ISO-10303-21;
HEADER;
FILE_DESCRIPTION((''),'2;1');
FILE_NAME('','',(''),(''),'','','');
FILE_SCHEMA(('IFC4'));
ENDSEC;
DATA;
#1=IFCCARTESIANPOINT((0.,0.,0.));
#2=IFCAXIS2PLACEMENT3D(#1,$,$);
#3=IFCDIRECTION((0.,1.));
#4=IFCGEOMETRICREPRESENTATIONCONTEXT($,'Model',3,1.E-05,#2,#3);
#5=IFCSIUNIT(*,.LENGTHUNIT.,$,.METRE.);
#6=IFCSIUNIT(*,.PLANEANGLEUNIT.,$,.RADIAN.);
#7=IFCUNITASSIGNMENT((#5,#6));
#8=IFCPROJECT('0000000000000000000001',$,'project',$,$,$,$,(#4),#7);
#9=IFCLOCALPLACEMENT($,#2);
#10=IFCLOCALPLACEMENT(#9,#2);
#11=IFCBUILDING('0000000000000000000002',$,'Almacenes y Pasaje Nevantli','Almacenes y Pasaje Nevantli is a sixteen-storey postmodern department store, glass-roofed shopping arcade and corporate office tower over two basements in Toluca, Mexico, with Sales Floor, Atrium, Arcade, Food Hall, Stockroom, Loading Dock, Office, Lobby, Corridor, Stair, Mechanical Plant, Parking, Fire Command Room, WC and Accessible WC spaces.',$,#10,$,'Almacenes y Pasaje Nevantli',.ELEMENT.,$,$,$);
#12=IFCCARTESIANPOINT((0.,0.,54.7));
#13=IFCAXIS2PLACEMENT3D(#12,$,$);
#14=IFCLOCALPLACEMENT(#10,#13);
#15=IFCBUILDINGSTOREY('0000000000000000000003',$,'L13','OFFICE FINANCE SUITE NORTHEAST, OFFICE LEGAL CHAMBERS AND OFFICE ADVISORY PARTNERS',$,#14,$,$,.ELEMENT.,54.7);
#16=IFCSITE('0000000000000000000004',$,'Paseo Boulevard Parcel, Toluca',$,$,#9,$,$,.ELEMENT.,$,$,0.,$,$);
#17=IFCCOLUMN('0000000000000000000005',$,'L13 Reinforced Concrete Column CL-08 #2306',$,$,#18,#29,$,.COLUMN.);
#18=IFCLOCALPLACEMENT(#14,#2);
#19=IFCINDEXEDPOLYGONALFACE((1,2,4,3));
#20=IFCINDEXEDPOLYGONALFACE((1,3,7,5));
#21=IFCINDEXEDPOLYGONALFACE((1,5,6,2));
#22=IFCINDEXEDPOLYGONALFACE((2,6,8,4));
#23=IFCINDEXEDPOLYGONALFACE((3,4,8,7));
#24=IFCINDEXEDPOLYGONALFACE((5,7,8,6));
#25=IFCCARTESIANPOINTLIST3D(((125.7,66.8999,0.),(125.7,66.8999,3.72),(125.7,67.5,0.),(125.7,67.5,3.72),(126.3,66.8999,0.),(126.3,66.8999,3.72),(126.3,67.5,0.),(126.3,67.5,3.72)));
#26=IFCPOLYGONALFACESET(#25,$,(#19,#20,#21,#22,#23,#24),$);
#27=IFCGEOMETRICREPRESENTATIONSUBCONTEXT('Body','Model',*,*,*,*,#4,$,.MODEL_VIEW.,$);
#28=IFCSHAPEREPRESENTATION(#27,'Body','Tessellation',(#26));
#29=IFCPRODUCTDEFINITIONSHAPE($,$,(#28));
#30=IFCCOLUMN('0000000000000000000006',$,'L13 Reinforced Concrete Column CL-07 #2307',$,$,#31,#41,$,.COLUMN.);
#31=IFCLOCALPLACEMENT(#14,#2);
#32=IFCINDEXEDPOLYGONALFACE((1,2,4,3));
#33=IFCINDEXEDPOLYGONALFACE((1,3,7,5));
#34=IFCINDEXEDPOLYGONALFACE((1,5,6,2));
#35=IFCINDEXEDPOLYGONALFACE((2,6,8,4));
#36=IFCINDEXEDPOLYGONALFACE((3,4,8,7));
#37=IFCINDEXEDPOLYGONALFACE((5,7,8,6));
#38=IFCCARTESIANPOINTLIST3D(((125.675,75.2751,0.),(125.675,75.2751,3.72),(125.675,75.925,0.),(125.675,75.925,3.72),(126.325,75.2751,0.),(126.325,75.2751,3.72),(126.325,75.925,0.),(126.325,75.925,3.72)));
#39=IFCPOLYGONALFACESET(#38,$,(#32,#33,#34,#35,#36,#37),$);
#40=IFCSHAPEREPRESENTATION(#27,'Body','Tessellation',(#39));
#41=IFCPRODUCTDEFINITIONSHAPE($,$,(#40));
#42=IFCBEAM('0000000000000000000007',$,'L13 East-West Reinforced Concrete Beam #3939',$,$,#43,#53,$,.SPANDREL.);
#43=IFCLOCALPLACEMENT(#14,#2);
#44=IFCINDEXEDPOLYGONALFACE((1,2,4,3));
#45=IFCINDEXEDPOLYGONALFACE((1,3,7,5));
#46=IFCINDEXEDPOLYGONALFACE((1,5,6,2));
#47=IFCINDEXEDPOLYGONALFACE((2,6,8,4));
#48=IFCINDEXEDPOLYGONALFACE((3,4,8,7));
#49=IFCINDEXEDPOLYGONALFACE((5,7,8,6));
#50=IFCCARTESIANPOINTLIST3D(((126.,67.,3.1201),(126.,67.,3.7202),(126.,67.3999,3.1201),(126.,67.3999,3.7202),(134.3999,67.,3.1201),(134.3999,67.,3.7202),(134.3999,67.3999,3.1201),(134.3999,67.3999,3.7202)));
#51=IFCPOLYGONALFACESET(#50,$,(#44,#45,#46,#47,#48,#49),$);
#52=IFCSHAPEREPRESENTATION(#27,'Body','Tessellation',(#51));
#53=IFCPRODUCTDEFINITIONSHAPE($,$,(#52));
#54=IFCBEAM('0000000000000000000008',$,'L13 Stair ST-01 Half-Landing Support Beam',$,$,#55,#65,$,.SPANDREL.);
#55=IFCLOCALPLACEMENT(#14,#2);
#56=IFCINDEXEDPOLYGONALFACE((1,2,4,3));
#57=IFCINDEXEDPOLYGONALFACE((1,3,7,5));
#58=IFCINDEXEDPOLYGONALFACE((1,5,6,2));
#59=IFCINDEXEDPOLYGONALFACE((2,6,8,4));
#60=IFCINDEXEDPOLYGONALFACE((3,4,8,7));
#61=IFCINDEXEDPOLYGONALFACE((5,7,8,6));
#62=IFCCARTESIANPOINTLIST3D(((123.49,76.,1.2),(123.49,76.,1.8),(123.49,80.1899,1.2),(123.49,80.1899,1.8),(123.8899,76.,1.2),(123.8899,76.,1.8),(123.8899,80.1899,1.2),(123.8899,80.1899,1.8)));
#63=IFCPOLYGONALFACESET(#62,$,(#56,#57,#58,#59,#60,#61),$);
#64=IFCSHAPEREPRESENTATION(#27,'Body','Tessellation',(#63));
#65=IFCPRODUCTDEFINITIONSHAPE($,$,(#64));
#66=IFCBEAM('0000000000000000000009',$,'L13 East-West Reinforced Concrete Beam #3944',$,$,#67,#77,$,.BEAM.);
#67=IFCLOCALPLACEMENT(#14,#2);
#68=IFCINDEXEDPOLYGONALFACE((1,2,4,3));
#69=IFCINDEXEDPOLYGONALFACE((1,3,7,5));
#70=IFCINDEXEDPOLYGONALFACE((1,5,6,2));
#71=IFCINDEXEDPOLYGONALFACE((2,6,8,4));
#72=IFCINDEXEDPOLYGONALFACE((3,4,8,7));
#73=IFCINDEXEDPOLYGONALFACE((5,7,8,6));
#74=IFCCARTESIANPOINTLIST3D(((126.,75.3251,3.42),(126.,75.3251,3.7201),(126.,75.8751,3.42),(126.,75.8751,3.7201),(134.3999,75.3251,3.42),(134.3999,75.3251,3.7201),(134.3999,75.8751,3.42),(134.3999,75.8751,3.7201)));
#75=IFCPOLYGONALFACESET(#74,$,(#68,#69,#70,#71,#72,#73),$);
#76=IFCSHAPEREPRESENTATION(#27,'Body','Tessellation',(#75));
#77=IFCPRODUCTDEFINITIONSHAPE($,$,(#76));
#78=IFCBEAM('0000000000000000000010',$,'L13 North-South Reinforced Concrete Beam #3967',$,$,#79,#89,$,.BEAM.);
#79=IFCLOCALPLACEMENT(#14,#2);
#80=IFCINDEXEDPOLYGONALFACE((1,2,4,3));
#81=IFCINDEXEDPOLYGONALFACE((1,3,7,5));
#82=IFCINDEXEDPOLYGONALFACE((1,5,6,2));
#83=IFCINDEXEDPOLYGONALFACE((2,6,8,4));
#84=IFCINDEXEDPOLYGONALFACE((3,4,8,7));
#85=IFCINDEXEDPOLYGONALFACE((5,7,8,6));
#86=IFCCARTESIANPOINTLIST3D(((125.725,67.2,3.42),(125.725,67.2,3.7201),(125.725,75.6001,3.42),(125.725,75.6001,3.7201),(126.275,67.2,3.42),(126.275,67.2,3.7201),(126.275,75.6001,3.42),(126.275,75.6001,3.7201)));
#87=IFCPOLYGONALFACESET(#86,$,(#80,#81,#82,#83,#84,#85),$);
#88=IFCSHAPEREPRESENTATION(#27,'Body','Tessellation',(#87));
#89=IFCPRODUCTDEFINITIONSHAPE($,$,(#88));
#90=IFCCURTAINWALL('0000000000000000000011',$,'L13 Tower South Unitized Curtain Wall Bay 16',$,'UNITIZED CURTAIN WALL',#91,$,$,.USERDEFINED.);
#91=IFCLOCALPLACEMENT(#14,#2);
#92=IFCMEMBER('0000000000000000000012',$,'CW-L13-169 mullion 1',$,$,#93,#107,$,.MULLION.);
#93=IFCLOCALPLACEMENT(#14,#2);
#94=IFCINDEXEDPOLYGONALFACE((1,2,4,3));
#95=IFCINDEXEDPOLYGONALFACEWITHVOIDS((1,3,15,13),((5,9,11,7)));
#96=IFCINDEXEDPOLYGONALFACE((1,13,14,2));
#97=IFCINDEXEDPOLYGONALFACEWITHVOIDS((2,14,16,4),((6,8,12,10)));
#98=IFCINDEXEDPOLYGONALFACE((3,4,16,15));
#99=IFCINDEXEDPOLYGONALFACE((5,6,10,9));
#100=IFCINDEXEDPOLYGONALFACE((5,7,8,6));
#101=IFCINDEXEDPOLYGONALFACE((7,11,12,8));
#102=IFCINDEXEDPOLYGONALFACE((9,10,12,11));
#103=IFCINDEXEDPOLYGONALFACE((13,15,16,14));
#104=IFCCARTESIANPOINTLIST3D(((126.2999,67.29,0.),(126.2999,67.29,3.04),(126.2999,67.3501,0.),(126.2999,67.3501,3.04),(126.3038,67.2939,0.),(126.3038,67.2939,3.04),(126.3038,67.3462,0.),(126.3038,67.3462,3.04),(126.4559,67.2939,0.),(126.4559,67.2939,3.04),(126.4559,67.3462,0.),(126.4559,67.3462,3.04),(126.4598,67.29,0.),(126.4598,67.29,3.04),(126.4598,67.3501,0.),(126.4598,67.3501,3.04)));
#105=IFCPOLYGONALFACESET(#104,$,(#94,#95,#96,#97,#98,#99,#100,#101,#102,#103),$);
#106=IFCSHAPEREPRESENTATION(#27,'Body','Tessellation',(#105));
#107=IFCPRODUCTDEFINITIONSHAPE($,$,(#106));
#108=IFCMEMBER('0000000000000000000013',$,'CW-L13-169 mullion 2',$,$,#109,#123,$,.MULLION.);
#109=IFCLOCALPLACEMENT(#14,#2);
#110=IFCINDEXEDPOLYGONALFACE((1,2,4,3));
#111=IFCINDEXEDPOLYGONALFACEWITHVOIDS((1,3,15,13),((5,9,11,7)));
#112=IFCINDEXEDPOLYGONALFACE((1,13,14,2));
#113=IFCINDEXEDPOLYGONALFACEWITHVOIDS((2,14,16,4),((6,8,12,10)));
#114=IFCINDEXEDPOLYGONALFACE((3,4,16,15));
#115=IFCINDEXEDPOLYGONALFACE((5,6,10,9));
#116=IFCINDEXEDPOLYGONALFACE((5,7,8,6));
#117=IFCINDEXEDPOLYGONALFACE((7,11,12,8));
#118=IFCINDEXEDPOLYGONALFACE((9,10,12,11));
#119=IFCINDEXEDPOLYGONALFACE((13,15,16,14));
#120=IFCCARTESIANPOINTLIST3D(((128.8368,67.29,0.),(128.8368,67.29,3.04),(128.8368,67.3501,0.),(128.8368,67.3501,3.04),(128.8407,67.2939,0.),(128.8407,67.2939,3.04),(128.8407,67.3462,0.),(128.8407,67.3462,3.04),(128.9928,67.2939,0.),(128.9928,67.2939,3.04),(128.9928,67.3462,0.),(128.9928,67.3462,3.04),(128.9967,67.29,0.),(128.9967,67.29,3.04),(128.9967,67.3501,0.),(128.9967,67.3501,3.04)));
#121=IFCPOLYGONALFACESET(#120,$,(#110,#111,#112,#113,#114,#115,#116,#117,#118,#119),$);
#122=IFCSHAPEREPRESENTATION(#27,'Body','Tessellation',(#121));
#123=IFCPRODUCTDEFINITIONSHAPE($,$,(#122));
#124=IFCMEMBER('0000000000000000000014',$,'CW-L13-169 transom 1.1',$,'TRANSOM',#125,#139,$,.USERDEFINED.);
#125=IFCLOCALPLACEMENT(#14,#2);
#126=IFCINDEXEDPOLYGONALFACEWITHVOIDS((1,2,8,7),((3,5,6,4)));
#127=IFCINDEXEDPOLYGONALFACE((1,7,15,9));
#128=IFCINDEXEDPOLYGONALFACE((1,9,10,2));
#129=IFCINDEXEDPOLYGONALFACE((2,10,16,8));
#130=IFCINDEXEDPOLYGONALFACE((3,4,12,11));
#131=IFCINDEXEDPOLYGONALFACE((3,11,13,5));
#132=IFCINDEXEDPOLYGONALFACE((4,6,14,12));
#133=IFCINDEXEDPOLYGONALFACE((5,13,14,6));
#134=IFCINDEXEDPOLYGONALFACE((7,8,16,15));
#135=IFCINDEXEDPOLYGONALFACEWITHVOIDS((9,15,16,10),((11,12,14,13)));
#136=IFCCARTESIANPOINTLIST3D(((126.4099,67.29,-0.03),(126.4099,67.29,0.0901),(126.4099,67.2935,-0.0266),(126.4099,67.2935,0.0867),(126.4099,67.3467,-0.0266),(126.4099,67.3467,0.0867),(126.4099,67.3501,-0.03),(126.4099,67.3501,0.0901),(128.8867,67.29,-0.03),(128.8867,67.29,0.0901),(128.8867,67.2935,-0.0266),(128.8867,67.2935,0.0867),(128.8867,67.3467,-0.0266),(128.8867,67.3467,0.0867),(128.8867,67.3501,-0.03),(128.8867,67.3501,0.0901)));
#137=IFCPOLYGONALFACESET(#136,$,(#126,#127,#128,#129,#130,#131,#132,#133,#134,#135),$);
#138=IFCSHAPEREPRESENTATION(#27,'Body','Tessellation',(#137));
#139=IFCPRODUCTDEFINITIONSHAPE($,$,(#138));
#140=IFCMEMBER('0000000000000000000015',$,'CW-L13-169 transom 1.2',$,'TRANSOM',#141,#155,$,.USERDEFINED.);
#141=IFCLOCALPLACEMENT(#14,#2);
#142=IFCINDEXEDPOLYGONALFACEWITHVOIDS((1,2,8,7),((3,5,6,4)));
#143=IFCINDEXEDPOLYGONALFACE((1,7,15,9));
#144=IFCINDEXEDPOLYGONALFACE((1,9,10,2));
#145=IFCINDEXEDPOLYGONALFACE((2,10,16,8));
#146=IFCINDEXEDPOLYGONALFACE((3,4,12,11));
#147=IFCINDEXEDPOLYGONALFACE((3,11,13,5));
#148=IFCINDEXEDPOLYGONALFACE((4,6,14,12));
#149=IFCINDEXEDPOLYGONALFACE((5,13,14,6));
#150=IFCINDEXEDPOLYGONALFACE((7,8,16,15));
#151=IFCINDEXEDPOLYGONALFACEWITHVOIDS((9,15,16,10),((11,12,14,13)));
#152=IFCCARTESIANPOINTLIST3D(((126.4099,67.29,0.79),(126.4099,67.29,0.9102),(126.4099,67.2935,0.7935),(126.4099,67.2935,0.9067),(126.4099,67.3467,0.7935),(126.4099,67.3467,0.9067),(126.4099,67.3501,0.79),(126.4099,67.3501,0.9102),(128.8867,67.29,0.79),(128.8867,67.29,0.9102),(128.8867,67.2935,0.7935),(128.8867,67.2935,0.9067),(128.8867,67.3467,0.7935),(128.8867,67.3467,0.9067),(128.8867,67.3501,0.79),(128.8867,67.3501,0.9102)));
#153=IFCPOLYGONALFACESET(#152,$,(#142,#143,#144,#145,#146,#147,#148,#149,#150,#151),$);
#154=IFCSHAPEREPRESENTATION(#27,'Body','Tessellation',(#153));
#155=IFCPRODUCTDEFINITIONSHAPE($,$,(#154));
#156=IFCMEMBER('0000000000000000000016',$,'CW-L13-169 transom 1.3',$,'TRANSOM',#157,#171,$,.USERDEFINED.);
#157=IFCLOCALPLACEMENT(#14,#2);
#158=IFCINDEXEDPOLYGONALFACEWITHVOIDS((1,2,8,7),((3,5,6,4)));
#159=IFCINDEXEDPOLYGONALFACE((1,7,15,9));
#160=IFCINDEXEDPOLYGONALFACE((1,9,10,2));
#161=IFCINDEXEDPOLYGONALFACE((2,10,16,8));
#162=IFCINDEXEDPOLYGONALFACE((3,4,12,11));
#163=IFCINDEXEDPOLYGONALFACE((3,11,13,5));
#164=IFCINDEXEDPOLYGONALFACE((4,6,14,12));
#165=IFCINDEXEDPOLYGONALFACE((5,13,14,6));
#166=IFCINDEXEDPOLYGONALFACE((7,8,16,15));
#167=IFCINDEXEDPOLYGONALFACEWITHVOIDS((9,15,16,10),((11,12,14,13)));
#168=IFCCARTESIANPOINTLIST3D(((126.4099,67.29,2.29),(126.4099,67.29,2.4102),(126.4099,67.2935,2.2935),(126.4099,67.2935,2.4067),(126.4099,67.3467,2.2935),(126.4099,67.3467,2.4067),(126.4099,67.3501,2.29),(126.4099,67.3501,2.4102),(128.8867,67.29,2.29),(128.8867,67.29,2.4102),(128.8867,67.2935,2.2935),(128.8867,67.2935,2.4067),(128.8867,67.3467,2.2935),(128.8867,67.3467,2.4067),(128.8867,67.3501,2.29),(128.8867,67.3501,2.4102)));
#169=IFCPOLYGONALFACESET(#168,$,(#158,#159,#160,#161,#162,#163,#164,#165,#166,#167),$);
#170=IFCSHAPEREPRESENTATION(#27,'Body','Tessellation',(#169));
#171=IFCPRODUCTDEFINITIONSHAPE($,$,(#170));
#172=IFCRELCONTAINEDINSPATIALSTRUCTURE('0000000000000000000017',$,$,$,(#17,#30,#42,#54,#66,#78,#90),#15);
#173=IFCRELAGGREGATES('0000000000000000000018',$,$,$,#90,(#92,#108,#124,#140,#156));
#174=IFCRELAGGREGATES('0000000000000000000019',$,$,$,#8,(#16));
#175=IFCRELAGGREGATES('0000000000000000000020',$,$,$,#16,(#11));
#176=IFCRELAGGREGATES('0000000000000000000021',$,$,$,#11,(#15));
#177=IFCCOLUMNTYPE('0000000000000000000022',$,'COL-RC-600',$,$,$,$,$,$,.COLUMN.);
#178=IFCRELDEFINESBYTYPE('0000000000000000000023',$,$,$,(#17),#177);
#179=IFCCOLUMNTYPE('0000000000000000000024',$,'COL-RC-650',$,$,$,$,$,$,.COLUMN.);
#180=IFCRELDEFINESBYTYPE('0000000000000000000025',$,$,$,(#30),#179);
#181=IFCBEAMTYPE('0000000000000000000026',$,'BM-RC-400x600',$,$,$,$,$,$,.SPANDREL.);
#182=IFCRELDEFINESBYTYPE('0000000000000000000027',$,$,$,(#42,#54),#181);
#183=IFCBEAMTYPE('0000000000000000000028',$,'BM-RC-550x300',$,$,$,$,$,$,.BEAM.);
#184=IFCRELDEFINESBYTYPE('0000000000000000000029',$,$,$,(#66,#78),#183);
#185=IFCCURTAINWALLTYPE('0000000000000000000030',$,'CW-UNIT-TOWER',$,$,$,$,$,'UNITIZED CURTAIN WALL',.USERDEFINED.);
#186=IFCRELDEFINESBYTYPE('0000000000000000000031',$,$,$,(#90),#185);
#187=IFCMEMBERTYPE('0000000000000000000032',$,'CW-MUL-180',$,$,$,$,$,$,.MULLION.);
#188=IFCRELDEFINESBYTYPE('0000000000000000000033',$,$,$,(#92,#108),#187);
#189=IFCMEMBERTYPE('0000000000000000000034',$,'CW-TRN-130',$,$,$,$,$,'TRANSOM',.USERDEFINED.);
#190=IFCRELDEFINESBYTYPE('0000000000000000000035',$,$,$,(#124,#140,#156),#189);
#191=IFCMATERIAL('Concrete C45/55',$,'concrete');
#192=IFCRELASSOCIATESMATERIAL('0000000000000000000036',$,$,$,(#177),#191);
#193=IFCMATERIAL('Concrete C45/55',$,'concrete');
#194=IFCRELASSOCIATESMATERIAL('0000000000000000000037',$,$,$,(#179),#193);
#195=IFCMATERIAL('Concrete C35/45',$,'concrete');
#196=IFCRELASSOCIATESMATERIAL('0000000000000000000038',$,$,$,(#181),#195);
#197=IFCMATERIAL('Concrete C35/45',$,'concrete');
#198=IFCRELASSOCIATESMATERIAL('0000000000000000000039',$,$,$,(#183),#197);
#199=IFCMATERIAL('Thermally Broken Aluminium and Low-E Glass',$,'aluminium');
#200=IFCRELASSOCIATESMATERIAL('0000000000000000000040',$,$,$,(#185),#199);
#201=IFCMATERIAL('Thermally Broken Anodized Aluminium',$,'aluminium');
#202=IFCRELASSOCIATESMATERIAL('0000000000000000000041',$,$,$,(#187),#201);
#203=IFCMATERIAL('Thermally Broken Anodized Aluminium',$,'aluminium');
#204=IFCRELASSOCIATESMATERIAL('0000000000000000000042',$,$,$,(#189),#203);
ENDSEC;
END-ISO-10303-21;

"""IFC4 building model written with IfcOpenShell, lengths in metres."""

from ifc_helpers import new_model, si_unit, direction, frame, origin, origin_2d, place, context, subcontext, project, spatial, rectangle, hollow_rectangle, extrude, material, material_profile, profile_set, type_object, element, aggregate, save


model = new_model("IFC4")

# Units and contexts
model_context = context("Model", 3, precision=1e-05, world=origin(), true_north=direction((0.0, 1.0)))
body_context = subcontext(model_context, "Body", "Model", "MODEL_VIEW")
ifc_project = project(units=[si_unit("LENGTHUNIT", "METRE"), si_unit("PLANEANGLEUNIT", "RADIAN")], contexts=[model_context])

# Site, building, storey
site_placement = place(None, origin())
site = spatial("IfcSite", under=ifc_project, at=site_placement, Name="Paseo Boulevard Parcel, Toluca", CompositionType="ELEMENT", RefElevation=0.0)
building_placement = place(site_placement, origin())
building = spatial("IfcBuilding", under=site, at=building_placement, Name="Almacenes y Pasaje Nevantli", Description="Almacenes y Pasaje Nevantli is a sixteen-storey postmodern department store, glass-roofed shopping arcade and corporate office tower over two basements in Toluca, Mexico, with Sales Floor, Atrium, Arcade, Food Hall, Stockroom, Loading Dock, Office, Lobby, Corridor, Stair, Mechanical Plant, Parking, Fire Command Room, WC and Accessible WC spaces.", LongName="Almacenes y Pasaje Nevantli", CompositionType="ELEMENT")
storey_placement = place(building_placement, frame((0.0, 0.0, 54.7)))
storey = spatial("IfcBuildingStorey", under=building, at=storey_placement, Name="L13", Description="OFFICE FINANCE SUITE NORTHEAST, OFFICE LEGAL CHAMBERS AND OFFICE ADVISORY PARTNERS", CompositionType="ELEMENT", Elevation=54.7)

# Columns
ifc_material_1 = material(Name="Concrete C45/55", Category="concrete")
ifc_material_profile_1 = material_profile(ifc_material_1, rectangle(XDim=0.6001, YDim=0.6001, at=origin_2d()), Name="RC-COL-600x600")
ifc_profile_set_1 = profile_set([ifc_material_profile_1], Name="Concrete C45/55")
column_type_1 = type_object("IfcColumnType", Name="COL-RC-600", PredefinedType="COLUMN", material=ifc_profile_set_1)
column_1_placement = place(storey_placement, frame((126.0, 67.2, 0.0), z_axis=(0.0, 0.0, 1.0), x_axis=(1.0, 0.0, 0.0)))
element("IfcColumn", 1, at=column_1_placement, inside=storey, type_object=column_type_1, Name="L13 Reinforced Concrete Column CL-08 #2306", PredefinedType="COLUMN", context=body_context, shape_type="SweptSolid", body=[
    extrude(rectangle(XDim=0.6001, YDim=0.6001, at=origin_2d()), origin(), (0.0, 0.0, 1.0), 3.72),
])
ifc_material_2 = material(Name="Concrete C45/55", Category="concrete")
ifc_material_profile_2 = material_profile(ifc_material_2, rectangle(XDim=0.6499, YDim=0.6499, at=origin_2d()), Name="RC-COL-650x650")
ifc_profile_set_2 = profile_set([ifc_material_profile_2], Name="Concrete C45/55")
column_type_2 = type_object("IfcColumnType", Name="COL-RC-650", PredefinedType="COLUMN", material=ifc_profile_set_2)
column_2_placement = place(storey_placement, frame((126.0, 75.6001, 0.0), z_axis=(0.0, 0.0, 1.0), x_axis=(1.0, 0.0, 0.0)))
element("IfcColumn", 2, at=column_2_placement, inside=storey, type_object=column_type_2, Name="L13 Reinforced Concrete Column CL-07 #2307", PredefinedType="COLUMN", context=body_context, shape_type="SweptSolid", body=[
    extrude(rectangle(XDim=0.6499, YDim=0.6499, at=origin_2d()), origin(), (0.0, 0.0, 1.0), 3.72),
])

# Beams
ifc_material_3 = material(Name="Concrete C35/45", Category="concrete")
ifc_material_profile_3 = material_profile(ifc_material_3, rectangle(XDim=0.3999, YDim=0.6001, at=origin_2d()), Name="RC-BM-400x600")
ifc_profile_set_3 = profile_set([ifc_material_profile_3], Name="Concrete C35/45")
beam_type_1 = type_object("IfcBeamType", Name="BM-RC-400x600", PredefinedType="SPANDREL", material=ifc_profile_set_3)
beam_1_placement = place(storey_placement, frame((126.0, 67.2, 3.4202), z_axis=(1.0, 0.0, 0.0), x_axis=(0.0, 1.0, 0.0)))
element("IfcBeam", 3, at=beam_1_placement, inside=storey, type_object=beam_type_1, Name="L13 East-West Reinforced Concrete Beam #3939", PredefinedType="SPANDREL", context=body_context, shape_type="SweptSolid", body=[
    extrude(rectangle(XDim=0.3999, YDim=0.6001, at=origin_2d()), origin(), (0.0, 0.0, 1.0), 8.3999),
])
beam_2_placement = place(storey_placement, frame((123.6899, 76.0, 1.5), z_axis=(0.0, 1.0, 0.0), x_axis=(-1.0, 0.0, 0.0)))
element("IfcBeam", 4, at=beam_2_placement, inside=storey, type_object=beam_type_1, Name="L13 Stair ST-01 Half-Landing Support Beam", PredefinedType="SPANDREL", context=body_context, shape_type="SweptSolid", body=[
    extrude(rectangle(XDim=0.3999, YDim=0.6001, at=origin_2d()), origin(), (0.0, 0.0, 1.0), 4.1899),
])
ifc_material_4 = material(Name="Concrete C35/45", Category="concrete")
ifc_material_profile_4 = material_profile(ifc_material_4, rectangle(XDim=0.55, YDim=0.3, at=origin_2d()), Name="RC-BM-550x300")
ifc_profile_set_4 = profile_set([ifc_material_profile_4], Name="Concrete C35/45")
beam_type_2 = type_object("IfcBeamType", Name="BM-RC-550x300", PredefinedType="BEAM", material=ifc_profile_set_4)
beam_3_placement = place(storey_placement, frame((126.0, 75.6001, 3.5701), z_axis=(1.0, 0.0, 0.0), x_axis=(0.0, 1.0, 0.0)))
element("IfcBeam", 5, at=beam_3_placement, inside=storey, type_object=beam_type_2, Name="L13 East-West Reinforced Concrete Beam #3944", PredefinedType="BEAM", context=body_context, shape_type="SweptSolid", body=[
    extrude(rectangle(XDim=0.55, YDim=0.3, at=origin_2d()), origin(), (0.0, 0.0, 1.0), 8.3999),
])
beam_4_placement = place(storey_placement, frame((126.0, 67.2, 3.5701), z_axis=(0.0, 1.0, 0.0), x_axis=(-1.0, 0.0, 0.0)))
element("IfcBeam", 6, at=beam_4_placement, inside=storey, type_object=beam_type_2, Name="L13 North-South Reinforced Concrete Beam #3967", PredefinedType="BEAM", context=body_context, shape_type="SweptSolid", body=[
    extrude(rectangle(XDim=0.55, YDim=0.3, at=origin_2d()), origin(), (0.0, 0.0, 1.0), 8.4001),
])

# Curtain wall, members
ifc_material_5 = material(Name="Thermally Broken Aluminium and Low-E Glass", Category="aluminium")
curtain_wall_type = type_object("IfcCurtainWallType", Name="CW-UNIT-TOWER", ElementType="UNITIZED CURTAIN WALL", PredefinedType="USERDEFINED", material=ifc_material_5)
curtain_wall_placement = place(storey_placement, origin())
curtain_wall = element("IfcCurtainWall", 7, at=curtain_wall_placement, inside=storey, type_object=curtain_wall_type, Name="L13 Tower South Unitized Curtain Wall Bay 16", ObjectType="UNITIZED CURTAIN WALL", PredefinedType="USERDEFINED")
ifc_material_6 = material(Name="Thermally Broken Anodized Aluminium", Category="aluminium")
ifc_material_profile_5 = material_profile(ifc_material_6, hollow_rectangle(XDim=0.0601, YDim=0.1599, WallThickness=0.0039, at=origin_2d()), Name="ALU-MUL-60x160")
ifc_profile_set_5 = profile_set([ifc_material_profile_5], Name="Thermally Broken Anodized Aluminium")
member_type_1 = type_object("IfcMemberType", Name="CW-MUL-180", PredefinedType="MULLION", material=ifc_profile_set_5)
member_1_placement = place(storey_placement, frame((126.3799, 67.3201, 0.0), z_axis=(0.0, 0.0, 1.0), x_axis=(0.0, 1.0, 0.0)))
member_1 = element("IfcMember", 8, at=member_1_placement, type_object=member_type_1, Name="CW-L13-169 mullion 1", PredefinedType="MULLION", context=body_context, shape_type="SweptSolid", body=[
    extrude(hollow_rectangle(XDim=0.0601, YDim=0.1599, WallThickness=0.0039, at=origin_2d()), origin(), (0.0, 0.0, 1.0), 3.04),
])
member_2_placement = place(storey_placement, frame((128.9167, 67.3201, 0.0), z_axis=(0.0, 0.0, 1.0), x_axis=(0.0, 1.0, 0.0)))
member_2 = element("IfcMember", 9, at=member_2_placement, type_object=member_type_1, Name="CW-L13-169 mullion 2", PredefinedType="MULLION", context=body_context, shape_type="SweptSolid", body=[
    extrude(hollow_rectangle(XDim=0.0601, YDim=0.1599, WallThickness=0.0039, at=origin_2d()), origin(), (0.0, 0.0, 1.0), 3.04),
])
ifc_material_7 = material(Name="Thermally Broken Anodized Aluminium", Category="aluminium")
ifc_material_profile_6 = material_profile(ifc_material_7, hollow_rectangle(XDim=0.0601, YDim=0.1201, WallThickness=0.0034, at=origin_2d()), Name="ALU-TRN-60x120")
ifc_profile_set_6 = profile_set([ifc_material_profile_6], Name="Thermally Broken Anodized Aluminium")
member_type_2 = type_object("IfcMemberType", Name="CW-TRN-130", ElementType="TRANSOM", PredefinedType="USERDEFINED", material=ifc_profile_set_6)
member_3_placement = place(storey_placement, frame((126.4099, 67.3201, 0.03), z_axis=(1.0, 0.0, 0.0), x_axis=(0.0, 1.0, 0.0)))
member_3 = element("IfcMember", 10, at=member_3_placement, type_object=member_type_2, Name="CW-L13-169 transom 1.1", ObjectType="TRANSOM", PredefinedType="USERDEFINED", context=body_context, shape_type="SweptSolid", body=[
    extrude(hollow_rectangle(XDim=0.0601, YDim=0.1201, WallThickness=0.0034, at=origin_2d()), origin(), (0.0, 0.0, 1.0), 2.4768),
])
member_4_placement = place(storey_placement, frame((126.4099, 67.3201, 0.8501), z_axis=(1.0, 0.0, 0.0), x_axis=(0.0, 1.0, 0.0)))
member_4 = element("IfcMember", 11, at=member_4_placement, type_object=member_type_2, Name="CW-L13-169 transom 1.2", ObjectType="TRANSOM", PredefinedType="USERDEFINED", context=body_context, shape_type="SweptSolid", body=[
    extrude(hollow_rectangle(XDim=0.0601, YDim=0.1201, WallThickness=0.0034, at=origin_2d()), origin(), (0.0, 0.0, 1.0), 2.4768),
])
member_5_placement = place(storey_placement, frame((126.4099, 67.3201, 2.3501), z_axis=(1.0, 0.0, 0.0), x_axis=(0.0, 1.0, 0.0)))
member_5 = element("IfcMember", 12, at=member_5_placement, type_object=member_type_2, Name="CW-L13-169 transom 1.3", ObjectType="TRANSOM", PredefinedType="USERDEFINED", context=body_context, shape_type="SweptSolid", body=[
    extrude(hollow_rectangle(XDim=0.0601, YDim=0.1201, WallThickness=0.0034, at=origin_2d()), origin(), (0.0, 0.0, 1.0), 2.4768),
])
aggregate(curtain_wall, [member_1, member_2, member_3, member_4, member_5])

save(model, "model.ifc")
